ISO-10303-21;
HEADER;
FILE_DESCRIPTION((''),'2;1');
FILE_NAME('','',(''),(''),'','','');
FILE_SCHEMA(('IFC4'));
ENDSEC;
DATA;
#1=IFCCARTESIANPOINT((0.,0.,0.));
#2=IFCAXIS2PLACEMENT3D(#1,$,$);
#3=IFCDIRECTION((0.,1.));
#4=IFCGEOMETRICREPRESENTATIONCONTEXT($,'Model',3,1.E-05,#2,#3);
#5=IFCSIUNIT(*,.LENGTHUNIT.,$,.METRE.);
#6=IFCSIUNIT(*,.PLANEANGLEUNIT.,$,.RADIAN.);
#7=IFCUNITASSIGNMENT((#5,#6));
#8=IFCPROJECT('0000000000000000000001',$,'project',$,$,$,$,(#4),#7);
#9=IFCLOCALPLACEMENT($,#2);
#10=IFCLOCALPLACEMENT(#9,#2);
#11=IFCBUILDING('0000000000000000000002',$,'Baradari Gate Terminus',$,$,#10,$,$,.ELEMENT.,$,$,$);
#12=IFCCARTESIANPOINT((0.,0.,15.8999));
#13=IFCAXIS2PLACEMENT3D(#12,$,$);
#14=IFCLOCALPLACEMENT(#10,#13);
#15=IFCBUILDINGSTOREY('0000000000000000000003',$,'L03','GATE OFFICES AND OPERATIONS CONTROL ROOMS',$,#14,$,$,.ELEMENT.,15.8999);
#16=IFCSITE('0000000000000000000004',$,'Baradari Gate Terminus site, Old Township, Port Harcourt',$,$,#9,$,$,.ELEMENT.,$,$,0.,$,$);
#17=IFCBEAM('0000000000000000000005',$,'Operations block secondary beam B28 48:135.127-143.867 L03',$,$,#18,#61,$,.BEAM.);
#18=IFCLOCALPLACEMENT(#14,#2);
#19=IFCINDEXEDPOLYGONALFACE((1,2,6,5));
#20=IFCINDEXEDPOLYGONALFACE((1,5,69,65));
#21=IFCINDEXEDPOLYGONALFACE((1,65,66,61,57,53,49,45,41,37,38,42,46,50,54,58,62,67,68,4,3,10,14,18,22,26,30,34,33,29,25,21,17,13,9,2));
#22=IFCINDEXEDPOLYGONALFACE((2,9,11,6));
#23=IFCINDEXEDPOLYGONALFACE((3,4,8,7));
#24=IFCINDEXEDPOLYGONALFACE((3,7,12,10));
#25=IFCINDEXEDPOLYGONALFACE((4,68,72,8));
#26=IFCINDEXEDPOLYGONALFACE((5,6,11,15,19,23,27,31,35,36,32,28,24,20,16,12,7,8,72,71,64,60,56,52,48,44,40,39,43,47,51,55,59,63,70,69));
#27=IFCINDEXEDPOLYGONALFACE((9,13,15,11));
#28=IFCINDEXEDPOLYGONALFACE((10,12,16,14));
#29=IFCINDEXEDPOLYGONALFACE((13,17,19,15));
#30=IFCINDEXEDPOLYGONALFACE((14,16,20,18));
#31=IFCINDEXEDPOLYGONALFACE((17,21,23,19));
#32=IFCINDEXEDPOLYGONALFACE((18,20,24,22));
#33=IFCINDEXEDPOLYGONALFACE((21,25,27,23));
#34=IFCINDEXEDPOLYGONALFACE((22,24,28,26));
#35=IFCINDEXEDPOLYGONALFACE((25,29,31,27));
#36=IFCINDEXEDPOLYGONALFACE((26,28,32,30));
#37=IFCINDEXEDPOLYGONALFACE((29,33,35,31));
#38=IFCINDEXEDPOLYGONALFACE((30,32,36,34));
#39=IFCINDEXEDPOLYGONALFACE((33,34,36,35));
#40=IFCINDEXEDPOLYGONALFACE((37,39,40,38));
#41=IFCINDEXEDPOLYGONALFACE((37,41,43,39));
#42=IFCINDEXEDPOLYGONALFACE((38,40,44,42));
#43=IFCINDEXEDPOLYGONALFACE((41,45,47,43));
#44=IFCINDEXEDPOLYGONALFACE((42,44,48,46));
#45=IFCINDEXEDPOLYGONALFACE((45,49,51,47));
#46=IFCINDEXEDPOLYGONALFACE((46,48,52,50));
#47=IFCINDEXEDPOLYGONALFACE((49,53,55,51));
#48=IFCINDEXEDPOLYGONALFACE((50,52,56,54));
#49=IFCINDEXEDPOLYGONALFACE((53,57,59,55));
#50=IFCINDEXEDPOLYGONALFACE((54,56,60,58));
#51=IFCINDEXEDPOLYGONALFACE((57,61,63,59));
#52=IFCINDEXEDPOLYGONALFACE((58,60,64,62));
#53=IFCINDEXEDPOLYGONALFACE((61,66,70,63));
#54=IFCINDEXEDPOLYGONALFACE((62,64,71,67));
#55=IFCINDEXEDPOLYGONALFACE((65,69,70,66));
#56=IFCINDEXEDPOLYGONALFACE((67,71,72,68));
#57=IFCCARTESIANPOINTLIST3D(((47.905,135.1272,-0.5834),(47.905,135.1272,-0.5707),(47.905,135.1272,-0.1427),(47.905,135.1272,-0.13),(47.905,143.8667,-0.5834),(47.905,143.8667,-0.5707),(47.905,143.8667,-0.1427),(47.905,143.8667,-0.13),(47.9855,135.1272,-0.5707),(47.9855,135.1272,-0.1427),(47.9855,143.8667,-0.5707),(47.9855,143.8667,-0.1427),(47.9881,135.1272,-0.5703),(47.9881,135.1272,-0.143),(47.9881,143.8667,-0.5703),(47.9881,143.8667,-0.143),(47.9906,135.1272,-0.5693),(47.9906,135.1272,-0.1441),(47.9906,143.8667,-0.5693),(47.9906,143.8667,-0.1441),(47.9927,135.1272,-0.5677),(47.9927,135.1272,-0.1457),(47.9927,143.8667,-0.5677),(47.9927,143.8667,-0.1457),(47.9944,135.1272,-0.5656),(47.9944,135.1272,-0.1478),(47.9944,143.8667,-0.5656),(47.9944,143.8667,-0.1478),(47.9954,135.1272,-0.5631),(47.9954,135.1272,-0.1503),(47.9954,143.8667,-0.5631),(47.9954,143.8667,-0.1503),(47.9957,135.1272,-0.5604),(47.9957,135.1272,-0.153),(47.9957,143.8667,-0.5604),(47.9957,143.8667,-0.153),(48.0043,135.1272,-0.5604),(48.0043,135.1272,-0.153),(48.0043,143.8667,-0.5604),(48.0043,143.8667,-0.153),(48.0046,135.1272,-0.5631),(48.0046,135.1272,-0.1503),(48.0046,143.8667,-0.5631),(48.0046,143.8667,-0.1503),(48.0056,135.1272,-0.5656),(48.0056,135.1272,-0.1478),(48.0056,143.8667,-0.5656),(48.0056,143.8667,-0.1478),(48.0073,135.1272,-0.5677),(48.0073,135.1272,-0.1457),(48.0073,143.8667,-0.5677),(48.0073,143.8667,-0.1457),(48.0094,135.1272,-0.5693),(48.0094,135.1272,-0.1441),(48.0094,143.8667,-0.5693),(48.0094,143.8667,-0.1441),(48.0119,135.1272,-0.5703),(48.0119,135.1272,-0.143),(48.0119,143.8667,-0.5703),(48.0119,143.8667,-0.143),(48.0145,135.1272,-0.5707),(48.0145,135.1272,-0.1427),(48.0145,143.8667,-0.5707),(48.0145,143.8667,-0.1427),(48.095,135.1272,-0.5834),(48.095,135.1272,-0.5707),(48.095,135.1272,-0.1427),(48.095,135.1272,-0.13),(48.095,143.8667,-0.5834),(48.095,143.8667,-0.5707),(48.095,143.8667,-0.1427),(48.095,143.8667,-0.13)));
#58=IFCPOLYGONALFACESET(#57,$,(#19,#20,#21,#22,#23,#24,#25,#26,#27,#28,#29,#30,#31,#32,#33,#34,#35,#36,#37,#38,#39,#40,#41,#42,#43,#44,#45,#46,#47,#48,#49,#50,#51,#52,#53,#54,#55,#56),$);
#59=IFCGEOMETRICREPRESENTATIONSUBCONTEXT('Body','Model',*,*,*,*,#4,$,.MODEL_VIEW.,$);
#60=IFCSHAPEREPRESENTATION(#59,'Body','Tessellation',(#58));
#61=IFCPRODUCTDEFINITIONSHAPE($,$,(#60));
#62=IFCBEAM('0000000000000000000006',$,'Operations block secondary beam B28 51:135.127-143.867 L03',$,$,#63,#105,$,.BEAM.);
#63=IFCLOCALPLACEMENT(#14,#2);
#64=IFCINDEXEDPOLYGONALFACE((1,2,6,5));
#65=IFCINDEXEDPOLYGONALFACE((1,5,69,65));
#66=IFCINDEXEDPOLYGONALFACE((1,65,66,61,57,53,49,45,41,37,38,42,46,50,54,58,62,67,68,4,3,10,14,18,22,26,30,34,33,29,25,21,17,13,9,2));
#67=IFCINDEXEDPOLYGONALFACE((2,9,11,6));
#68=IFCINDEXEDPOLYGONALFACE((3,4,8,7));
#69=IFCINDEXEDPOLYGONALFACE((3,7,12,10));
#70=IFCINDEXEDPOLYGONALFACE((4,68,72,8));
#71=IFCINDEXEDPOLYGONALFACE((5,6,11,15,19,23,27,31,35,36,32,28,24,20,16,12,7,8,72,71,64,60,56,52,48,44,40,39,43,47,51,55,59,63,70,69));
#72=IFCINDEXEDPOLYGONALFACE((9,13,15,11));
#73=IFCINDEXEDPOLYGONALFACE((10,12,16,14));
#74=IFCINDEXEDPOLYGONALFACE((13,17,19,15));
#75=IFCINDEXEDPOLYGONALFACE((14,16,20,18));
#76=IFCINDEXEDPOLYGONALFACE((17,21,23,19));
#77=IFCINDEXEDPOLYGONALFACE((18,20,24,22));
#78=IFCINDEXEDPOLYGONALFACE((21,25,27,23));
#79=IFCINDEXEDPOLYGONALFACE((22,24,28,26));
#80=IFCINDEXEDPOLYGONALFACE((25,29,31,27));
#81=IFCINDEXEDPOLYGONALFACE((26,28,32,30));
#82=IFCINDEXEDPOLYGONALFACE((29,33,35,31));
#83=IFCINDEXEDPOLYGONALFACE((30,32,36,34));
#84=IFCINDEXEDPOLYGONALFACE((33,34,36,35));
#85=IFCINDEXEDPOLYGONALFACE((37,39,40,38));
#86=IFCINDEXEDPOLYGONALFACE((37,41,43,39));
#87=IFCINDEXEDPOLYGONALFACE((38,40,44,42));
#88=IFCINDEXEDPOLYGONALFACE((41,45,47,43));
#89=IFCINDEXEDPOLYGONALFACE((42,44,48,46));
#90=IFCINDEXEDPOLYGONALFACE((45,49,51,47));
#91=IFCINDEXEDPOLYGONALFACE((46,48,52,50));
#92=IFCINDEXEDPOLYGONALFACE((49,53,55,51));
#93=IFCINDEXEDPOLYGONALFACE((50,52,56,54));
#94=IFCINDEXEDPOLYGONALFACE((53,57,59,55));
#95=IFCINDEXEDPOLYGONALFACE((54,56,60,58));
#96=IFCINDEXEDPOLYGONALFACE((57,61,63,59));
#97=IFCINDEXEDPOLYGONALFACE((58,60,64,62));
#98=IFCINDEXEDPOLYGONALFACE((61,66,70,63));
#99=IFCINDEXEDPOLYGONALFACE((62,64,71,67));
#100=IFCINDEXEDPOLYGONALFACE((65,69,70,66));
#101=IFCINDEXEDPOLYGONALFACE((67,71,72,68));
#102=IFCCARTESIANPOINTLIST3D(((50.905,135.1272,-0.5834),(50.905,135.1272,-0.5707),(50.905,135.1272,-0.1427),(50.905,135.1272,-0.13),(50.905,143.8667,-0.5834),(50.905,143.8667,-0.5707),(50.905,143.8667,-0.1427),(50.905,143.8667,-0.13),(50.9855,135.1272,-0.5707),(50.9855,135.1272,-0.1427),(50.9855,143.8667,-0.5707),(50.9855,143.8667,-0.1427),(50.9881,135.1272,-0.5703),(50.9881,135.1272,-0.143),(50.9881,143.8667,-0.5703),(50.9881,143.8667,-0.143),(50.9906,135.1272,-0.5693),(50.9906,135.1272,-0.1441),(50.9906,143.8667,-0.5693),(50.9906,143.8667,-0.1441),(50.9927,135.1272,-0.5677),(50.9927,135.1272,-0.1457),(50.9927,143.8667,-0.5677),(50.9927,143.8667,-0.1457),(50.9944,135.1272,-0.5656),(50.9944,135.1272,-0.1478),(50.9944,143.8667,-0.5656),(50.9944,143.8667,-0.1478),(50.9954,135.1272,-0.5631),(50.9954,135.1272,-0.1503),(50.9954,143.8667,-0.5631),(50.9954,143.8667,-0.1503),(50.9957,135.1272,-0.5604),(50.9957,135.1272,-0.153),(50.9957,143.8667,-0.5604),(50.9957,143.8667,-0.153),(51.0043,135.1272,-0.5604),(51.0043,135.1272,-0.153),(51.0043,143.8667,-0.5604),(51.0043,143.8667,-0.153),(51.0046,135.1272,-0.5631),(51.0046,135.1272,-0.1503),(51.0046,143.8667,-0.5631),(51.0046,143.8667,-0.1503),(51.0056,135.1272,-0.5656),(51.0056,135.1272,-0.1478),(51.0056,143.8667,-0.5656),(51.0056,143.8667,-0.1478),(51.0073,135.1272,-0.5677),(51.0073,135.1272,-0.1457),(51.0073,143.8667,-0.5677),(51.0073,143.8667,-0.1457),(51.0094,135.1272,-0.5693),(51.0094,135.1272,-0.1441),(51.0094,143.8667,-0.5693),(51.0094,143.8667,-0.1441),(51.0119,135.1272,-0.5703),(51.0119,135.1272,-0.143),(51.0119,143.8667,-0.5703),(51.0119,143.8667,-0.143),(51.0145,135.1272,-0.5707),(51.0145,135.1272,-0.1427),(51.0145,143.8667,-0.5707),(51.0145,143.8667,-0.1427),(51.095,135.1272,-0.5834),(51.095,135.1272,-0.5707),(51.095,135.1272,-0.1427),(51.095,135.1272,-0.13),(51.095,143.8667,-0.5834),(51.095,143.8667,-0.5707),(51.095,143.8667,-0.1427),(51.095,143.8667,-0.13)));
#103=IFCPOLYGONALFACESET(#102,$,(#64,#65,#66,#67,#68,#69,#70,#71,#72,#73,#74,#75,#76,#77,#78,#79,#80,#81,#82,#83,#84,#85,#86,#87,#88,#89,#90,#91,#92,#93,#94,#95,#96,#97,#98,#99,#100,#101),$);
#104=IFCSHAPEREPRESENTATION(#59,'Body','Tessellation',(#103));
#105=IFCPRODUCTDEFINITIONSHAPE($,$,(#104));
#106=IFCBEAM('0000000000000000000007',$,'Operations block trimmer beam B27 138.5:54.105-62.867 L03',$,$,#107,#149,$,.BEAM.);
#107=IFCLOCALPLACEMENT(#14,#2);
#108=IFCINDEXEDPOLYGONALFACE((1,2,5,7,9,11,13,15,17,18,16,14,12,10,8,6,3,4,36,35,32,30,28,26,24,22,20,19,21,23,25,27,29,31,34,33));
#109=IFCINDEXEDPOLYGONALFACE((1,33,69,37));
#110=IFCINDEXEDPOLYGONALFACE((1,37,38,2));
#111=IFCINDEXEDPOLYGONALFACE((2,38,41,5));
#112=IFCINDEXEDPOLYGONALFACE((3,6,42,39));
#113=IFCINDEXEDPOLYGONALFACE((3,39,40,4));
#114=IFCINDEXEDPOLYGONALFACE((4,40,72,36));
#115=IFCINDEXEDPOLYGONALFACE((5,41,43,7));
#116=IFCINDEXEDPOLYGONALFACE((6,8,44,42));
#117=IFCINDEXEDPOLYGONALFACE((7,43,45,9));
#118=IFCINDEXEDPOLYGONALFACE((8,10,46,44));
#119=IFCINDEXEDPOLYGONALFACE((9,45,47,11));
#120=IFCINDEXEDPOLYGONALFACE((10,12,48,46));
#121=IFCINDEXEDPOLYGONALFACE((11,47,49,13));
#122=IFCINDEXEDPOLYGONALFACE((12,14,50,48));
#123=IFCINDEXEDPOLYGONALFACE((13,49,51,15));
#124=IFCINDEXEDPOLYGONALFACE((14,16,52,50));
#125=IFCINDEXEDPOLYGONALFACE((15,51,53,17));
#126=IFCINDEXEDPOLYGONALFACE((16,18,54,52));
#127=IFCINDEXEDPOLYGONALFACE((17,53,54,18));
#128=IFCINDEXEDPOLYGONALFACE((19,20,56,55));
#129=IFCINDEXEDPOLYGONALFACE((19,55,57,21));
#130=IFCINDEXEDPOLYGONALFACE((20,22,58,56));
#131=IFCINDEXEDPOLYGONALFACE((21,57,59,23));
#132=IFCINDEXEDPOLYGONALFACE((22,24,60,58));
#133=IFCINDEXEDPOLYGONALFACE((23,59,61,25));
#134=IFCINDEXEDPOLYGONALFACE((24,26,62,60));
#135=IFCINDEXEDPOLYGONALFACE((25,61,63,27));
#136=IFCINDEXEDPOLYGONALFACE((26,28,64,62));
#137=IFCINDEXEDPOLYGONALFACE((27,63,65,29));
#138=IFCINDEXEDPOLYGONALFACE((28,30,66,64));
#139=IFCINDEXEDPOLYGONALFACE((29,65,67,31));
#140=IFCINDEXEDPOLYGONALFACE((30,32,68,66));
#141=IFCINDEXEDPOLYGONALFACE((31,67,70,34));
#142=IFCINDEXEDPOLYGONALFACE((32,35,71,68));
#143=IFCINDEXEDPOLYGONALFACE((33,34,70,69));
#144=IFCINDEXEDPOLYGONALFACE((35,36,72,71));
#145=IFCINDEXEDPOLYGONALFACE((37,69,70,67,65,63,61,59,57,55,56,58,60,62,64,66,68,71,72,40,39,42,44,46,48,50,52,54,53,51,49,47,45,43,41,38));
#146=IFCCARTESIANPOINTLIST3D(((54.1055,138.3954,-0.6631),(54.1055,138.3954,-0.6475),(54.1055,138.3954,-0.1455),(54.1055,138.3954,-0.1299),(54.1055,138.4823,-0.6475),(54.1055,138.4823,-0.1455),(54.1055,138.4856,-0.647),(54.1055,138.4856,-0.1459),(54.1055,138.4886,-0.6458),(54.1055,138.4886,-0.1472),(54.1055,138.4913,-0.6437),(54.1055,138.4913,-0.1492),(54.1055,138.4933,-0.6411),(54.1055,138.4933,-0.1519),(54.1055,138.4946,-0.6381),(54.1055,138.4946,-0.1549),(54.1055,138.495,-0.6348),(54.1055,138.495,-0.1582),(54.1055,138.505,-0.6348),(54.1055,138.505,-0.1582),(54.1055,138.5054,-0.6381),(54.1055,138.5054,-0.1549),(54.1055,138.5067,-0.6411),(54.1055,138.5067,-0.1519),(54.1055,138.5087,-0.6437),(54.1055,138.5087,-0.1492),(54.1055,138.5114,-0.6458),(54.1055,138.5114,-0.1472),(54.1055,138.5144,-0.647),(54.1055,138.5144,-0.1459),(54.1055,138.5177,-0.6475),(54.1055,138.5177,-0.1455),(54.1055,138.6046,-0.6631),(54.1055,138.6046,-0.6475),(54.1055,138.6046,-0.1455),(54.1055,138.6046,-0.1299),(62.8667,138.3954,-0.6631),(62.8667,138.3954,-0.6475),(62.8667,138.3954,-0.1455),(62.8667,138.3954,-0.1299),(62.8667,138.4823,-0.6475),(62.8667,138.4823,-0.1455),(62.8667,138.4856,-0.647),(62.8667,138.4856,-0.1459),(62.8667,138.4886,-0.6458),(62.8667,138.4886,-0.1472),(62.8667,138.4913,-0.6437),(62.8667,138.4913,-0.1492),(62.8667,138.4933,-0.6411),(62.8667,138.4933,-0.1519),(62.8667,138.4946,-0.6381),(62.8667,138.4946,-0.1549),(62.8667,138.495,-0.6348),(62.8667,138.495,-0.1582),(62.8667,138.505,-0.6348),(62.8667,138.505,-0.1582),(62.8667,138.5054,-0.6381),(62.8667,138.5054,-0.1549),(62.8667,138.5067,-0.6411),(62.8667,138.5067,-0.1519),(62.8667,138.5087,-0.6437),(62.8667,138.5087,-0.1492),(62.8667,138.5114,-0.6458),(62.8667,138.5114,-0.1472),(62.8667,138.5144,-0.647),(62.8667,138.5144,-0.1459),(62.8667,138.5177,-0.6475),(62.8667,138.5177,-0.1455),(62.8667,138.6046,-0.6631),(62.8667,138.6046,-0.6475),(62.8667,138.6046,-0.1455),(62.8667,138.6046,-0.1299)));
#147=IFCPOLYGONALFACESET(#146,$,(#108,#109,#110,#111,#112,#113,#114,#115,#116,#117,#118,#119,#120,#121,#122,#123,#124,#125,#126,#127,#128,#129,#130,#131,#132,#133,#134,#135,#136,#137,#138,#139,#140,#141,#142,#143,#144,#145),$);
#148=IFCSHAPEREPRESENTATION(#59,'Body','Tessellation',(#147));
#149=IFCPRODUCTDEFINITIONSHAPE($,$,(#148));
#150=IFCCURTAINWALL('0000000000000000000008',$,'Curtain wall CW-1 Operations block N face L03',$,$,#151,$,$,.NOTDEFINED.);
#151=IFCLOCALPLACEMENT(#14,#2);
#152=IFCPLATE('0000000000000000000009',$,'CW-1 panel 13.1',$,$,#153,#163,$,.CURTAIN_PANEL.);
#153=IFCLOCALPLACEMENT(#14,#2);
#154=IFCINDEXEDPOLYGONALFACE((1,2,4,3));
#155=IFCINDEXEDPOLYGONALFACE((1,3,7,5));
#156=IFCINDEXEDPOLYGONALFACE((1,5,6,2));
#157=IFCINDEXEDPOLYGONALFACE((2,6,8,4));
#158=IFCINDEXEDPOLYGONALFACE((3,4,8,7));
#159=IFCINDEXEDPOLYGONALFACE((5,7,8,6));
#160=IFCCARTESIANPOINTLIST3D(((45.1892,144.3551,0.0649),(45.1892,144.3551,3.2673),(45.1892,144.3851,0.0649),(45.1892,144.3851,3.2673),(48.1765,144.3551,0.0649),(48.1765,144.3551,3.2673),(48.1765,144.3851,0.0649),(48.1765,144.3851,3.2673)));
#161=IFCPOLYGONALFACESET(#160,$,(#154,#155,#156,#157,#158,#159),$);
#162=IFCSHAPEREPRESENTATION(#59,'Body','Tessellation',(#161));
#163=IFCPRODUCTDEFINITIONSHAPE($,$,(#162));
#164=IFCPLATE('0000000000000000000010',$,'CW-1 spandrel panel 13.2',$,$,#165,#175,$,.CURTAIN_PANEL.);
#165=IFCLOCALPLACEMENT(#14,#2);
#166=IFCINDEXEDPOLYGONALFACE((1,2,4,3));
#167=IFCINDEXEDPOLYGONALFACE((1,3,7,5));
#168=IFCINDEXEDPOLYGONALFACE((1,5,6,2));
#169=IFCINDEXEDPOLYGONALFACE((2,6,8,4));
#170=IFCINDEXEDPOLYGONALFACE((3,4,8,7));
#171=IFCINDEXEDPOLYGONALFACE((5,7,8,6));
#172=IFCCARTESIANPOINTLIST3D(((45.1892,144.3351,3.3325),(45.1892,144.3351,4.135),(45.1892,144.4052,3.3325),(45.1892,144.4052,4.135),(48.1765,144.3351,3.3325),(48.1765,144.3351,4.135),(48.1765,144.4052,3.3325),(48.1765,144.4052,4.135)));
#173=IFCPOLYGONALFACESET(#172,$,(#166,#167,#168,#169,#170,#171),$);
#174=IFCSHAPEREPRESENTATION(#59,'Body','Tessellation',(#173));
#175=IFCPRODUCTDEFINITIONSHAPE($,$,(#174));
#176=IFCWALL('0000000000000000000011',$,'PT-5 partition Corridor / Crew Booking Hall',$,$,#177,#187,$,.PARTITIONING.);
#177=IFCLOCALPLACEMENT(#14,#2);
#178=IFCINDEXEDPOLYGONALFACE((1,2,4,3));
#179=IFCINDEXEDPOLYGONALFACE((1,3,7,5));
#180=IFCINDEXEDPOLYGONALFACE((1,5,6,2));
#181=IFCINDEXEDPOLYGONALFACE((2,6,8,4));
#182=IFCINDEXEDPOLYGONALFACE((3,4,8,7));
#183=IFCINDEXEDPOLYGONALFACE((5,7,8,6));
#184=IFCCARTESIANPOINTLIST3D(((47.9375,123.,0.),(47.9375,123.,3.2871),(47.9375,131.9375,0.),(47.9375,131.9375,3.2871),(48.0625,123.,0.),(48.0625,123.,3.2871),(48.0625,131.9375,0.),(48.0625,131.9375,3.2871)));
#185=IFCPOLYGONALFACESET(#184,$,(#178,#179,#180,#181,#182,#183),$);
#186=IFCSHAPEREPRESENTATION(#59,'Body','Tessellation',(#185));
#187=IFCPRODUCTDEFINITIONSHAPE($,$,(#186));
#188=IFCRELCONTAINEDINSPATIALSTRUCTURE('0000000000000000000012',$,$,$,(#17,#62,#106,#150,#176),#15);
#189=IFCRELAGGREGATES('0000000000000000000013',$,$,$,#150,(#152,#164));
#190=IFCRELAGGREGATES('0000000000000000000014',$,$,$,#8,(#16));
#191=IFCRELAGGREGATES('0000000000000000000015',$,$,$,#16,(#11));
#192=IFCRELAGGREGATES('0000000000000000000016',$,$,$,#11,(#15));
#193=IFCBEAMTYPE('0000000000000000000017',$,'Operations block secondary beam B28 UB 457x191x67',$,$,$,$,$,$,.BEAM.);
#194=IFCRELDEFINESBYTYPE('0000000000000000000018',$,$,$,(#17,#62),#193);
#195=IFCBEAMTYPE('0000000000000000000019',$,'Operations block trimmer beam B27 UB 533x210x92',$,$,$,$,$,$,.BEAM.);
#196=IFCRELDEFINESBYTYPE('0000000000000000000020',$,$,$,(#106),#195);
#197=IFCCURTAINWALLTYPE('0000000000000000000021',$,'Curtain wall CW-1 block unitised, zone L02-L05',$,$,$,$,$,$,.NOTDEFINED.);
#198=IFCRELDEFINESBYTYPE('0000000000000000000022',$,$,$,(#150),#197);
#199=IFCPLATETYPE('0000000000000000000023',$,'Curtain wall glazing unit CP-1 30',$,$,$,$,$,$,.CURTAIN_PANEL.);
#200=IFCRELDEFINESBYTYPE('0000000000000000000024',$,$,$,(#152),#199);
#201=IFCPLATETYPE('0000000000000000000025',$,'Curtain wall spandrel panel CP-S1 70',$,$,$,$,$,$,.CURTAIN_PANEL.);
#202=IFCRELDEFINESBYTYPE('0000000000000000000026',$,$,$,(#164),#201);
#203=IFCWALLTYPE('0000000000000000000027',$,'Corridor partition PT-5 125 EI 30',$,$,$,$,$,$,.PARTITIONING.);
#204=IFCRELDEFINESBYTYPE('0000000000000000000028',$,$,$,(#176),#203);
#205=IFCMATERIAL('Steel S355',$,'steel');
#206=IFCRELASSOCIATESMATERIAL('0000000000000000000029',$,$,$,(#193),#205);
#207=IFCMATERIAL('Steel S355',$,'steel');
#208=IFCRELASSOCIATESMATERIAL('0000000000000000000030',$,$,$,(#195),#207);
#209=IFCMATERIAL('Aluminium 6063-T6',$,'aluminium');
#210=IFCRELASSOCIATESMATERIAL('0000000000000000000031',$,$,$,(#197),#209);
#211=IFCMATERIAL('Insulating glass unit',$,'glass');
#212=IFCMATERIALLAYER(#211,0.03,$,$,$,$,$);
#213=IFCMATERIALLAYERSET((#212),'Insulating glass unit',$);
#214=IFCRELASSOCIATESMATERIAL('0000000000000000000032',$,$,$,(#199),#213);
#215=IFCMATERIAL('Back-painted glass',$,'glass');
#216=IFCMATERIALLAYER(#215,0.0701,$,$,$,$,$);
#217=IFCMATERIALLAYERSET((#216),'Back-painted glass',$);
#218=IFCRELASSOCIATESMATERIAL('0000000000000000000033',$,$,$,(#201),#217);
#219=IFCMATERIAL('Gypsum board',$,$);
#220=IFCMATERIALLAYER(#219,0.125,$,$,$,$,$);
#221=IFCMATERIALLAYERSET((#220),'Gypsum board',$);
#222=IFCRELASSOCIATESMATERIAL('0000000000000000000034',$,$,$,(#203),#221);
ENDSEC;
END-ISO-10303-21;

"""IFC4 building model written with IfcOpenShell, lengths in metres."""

from ifc_helpers import new_model, si_unit, direction, frame, frame_2d, origin, origin_2d, place, context, subcontext, project, spatial, rectangle, i_section, extrude, material, layer, layer_set, material_profile, profile_set, type_object, element, aggregate, save


model = new_model("IFC4")

# Units and contexts
model_context = context("Model", 3, precision=1e-05, world=origin(), true_north=direction((0.0, 1.0)))
body_context = subcontext(model_context, "Body", "Model", "MODEL_VIEW")
ifc_project = project(units=[si_unit("LENGTHUNIT", "METRE"), si_unit("PLANEANGLEUNIT", "RADIAN")], contexts=[model_context])

# Site, building, storey
site_placement = place(None, origin())
site = spatial("IfcSite", under=ifc_project, at=site_placement, Name="Baradari Gate Terminus site, Old Township, Port Harcourt", CompositionType="ELEMENT", RefElevation=0.0)
building_placement = place(site_placement, origin())
building = spatial("IfcBuilding", under=site, at=building_placement, Name="Baradari Gate Terminus", CompositionType="ELEMENT")
storey_placement = place(building_placement, frame((0.0, 0.0, 15.8999)))
storey = spatial("IfcBuildingStorey", under=building, at=storey_placement, Name="L03", Description="GATE OFFICES AND OPERATIONS CONTROL ROOMS", CompositionType="ELEMENT", Elevation=15.8999)

# Beams
ifc_material_1 = material(Name="Steel S355", Category="steel")
ifc_material_profile_1 = material_profile(ifc_material_1, i_section(OverallWidth=0.1899, OverallDepth=0.4534, WebThickness=0.0085, FlangeThickness=0.0127, FilletRadius=0.0103, at=origin_2d()), Name="UB 457x191x67")
ifc_profile_set_1 = profile_set([ifc_material_profile_1], Name="Steel S355")
beam_type_1 = type_object("IfcBeamType", Name="Operations block secondary beam B28 UB 457x191x67", PredefinedType="BEAM", material=ifc_profile_set_1)
for number, where, z_axis, x_axis, name in (
    (1, (48.0, 135.1272, -0.3567), (0.0, 1.0, 0.0), (-1.0, 0.0, 0.0), "Operations block secondary beam B28 48:135.127-143.867 L03"),
    (2, (51.0, 135.1272, -0.3567), (0.0, 1.0, 0.0), (-1.0, 0.0, 0.0), "Operations block secondary beam B28 51:135.127-143.867 L03"),
):
    element("IfcBeam", number, at=place(storey_placement, frame(where, z_axis=z_axis, x_axis=x_axis)), inside=storey, type_object=beam_type_1, Name=name, PredefinedType="BEAM", context=body_context, shape_type="SweptSolid", body=[
        extrude(i_section(OverallWidth=0.1899, OverallDepth=0.4534, WebThickness=0.0085, FlangeThickness=0.0127, FilletRadius=0.0103, at=origin_2d()), origin(), (0.0, 0.0, 1.0), 8.7395),
    ])
ifc_material_2 = material(Name="Steel S355", Category="steel")
ifc_material_profile_2 = material_profile(ifc_material_2, i_section(OverallWidth=0.2092, OverallDepth=0.5332, WebThickness=0.01, FlangeThickness=0.0156, FilletRadius=0.0127, at=origin_2d()), Name="UB 533x210x92")
ifc_profile_set_2 = profile_set([ifc_material_profile_2], Name="Steel S355")
beam_type_2 = type_object("IfcBeamType", Name="Operations block trimmer beam B27 UB 533x210x92", PredefinedType="BEAM", material=ifc_profile_set_2)
beam_1_placement = place(storey_placement, frame((54.1055, 138.5, -0.3965), z_axis=(1.0, 0.0, 0.0), x_axis=(0.0, 1.0, 0.0)))
element("IfcBeam", 3, at=beam_1_placement, inside=storey, type_object=beam_type_2, Name="Operations block trimmer beam B27 138.5:54.105-62.867 L03", PredefinedType="BEAM", context=body_context, shape_type="SweptSolid", body=[
    extrude(i_section(OverallWidth=0.2092, OverallDepth=0.5332, WebThickness=0.01, FlangeThickness=0.0156, FilletRadius=0.0127, at=origin_2d()), origin(), (0.0, 0.0, 1.0), 8.7612),
])

# Curtain wall, plates
ifc_material_3 = material(Name="Aluminium 6063-T6", Category="aluminium")
curtain_wall_type = type_object("IfcCurtainWallType", Name="Curtain wall CW-1 block unitised, zone L02-L05", PredefinedType="NOTDEFINED", material=ifc_material_3)
curtain_wall_placement = place(storey_placement, origin())
curtain_wall = element("IfcCurtainWall", 4, at=curtain_wall_placement, inside=storey, type_object=curtain_wall_type, Name="Curtain wall CW-1 Operations block N face L03", PredefinedType="NOTDEFINED")
ifc_material_4 = material(Name="Insulating glass unit", Category="glass")
ifc_layer_1 = layer(ifc_material_4, 0.03)
ifc_layer_set_1 = layer_set([ifc_layer_1], Name="Insulating glass unit")
plate_type_1 = type_object("IfcPlateType", Name="Curtain wall glazing unit CP-1 30", PredefinedType="CURTAIN_PANEL", material=ifc_layer_set_1)
plate_1_placement = place(storey_placement, frame((46.6829, 144.3701, 0.0649), z_axis=(0.0, 0.0, 1.0), x_axis=(1.0, 0.0, 0.0)))
plate_1 = element("IfcPlate", 5, at=plate_1_placement, type_object=plate_type_1, Name="CW-1 panel 13.1", PredefinedType="CURTAIN_PANEL", context=body_context, shape_type="SweptSolid", body=[
    extrude(rectangle(XDim=2.9873, YDim=0.03, at=origin_2d()), origin(), (0.0, 0.0, 1.0), 3.2024),
])
ifc_material_5 = material(Name="Back-painted glass", Category="glass")
ifc_layer_2 = layer(ifc_material_5, 0.0701)
ifc_layer_set_2 = layer_set([ifc_layer_2], Name="Back-painted glass")
plate_type_2 = type_object("IfcPlateType", Name="Curtain wall spandrel panel CP-S1 70", PredefinedType="CURTAIN_PANEL", material=ifc_layer_set_2)
plate_2_placement = place(storey_placement, frame((46.6829, 144.3701, 3.3325), z_axis=(0.0, 0.0, 1.0), x_axis=(1.0, 0.0, 0.0)))
plate_2 = element("IfcPlate", 6, at=plate_2_placement, type_object=plate_type_2, Name="CW-1 spandrel panel 13.2", PredefinedType="CURTAIN_PANEL", context=body_context, shape_type="SweptSolid", body=[
    extrude(rectangle(XDim=2.9873, YDim=0.0701, at=origin_2d()), origin(), (0.0, 0.0, 1.0), 0.8025),
])
aggregate(curtain_wall, [plate_1, plate_2])

# Wall
ifc_material_6 = material(Name="Gypsum board")
ifc_layer_3 = layer(ifc_material_6, 0.125)
ifc_layer_set_3 = layer_set([ifc_layer_3], Name="Gypsum board")
wall_type_1 = type_object("IfcWallType", Name="Corridor partition PT-5 125 EI 30", PredefinedType="PARTITIONING", material=ifc_layer_set_3)
wall_1_placement = place(storey_placement, frame((48.0, 131.9375, 0.0), z_axis=(0.0, 0.0, 1.0), x_axis=(0.0, -1.0, 0.0)))
element("IfcWall", 7, at=wall_1_placement, inside=storey, type_object=wall_type_1, Name="PT-5 partition Corridor / Crew Booking Hall", PredefinedType="PARTITIONING", context=body_context, shape_type="SweptSolid", body=[
    extrude(rectangle(XDim=8.9375, YDim=0.125, at=frame_2d((4.4688, 0.0))), origin(), (0.0, 0.0, 1.0), 3.2871),
])

save(model, "model.ifc")
